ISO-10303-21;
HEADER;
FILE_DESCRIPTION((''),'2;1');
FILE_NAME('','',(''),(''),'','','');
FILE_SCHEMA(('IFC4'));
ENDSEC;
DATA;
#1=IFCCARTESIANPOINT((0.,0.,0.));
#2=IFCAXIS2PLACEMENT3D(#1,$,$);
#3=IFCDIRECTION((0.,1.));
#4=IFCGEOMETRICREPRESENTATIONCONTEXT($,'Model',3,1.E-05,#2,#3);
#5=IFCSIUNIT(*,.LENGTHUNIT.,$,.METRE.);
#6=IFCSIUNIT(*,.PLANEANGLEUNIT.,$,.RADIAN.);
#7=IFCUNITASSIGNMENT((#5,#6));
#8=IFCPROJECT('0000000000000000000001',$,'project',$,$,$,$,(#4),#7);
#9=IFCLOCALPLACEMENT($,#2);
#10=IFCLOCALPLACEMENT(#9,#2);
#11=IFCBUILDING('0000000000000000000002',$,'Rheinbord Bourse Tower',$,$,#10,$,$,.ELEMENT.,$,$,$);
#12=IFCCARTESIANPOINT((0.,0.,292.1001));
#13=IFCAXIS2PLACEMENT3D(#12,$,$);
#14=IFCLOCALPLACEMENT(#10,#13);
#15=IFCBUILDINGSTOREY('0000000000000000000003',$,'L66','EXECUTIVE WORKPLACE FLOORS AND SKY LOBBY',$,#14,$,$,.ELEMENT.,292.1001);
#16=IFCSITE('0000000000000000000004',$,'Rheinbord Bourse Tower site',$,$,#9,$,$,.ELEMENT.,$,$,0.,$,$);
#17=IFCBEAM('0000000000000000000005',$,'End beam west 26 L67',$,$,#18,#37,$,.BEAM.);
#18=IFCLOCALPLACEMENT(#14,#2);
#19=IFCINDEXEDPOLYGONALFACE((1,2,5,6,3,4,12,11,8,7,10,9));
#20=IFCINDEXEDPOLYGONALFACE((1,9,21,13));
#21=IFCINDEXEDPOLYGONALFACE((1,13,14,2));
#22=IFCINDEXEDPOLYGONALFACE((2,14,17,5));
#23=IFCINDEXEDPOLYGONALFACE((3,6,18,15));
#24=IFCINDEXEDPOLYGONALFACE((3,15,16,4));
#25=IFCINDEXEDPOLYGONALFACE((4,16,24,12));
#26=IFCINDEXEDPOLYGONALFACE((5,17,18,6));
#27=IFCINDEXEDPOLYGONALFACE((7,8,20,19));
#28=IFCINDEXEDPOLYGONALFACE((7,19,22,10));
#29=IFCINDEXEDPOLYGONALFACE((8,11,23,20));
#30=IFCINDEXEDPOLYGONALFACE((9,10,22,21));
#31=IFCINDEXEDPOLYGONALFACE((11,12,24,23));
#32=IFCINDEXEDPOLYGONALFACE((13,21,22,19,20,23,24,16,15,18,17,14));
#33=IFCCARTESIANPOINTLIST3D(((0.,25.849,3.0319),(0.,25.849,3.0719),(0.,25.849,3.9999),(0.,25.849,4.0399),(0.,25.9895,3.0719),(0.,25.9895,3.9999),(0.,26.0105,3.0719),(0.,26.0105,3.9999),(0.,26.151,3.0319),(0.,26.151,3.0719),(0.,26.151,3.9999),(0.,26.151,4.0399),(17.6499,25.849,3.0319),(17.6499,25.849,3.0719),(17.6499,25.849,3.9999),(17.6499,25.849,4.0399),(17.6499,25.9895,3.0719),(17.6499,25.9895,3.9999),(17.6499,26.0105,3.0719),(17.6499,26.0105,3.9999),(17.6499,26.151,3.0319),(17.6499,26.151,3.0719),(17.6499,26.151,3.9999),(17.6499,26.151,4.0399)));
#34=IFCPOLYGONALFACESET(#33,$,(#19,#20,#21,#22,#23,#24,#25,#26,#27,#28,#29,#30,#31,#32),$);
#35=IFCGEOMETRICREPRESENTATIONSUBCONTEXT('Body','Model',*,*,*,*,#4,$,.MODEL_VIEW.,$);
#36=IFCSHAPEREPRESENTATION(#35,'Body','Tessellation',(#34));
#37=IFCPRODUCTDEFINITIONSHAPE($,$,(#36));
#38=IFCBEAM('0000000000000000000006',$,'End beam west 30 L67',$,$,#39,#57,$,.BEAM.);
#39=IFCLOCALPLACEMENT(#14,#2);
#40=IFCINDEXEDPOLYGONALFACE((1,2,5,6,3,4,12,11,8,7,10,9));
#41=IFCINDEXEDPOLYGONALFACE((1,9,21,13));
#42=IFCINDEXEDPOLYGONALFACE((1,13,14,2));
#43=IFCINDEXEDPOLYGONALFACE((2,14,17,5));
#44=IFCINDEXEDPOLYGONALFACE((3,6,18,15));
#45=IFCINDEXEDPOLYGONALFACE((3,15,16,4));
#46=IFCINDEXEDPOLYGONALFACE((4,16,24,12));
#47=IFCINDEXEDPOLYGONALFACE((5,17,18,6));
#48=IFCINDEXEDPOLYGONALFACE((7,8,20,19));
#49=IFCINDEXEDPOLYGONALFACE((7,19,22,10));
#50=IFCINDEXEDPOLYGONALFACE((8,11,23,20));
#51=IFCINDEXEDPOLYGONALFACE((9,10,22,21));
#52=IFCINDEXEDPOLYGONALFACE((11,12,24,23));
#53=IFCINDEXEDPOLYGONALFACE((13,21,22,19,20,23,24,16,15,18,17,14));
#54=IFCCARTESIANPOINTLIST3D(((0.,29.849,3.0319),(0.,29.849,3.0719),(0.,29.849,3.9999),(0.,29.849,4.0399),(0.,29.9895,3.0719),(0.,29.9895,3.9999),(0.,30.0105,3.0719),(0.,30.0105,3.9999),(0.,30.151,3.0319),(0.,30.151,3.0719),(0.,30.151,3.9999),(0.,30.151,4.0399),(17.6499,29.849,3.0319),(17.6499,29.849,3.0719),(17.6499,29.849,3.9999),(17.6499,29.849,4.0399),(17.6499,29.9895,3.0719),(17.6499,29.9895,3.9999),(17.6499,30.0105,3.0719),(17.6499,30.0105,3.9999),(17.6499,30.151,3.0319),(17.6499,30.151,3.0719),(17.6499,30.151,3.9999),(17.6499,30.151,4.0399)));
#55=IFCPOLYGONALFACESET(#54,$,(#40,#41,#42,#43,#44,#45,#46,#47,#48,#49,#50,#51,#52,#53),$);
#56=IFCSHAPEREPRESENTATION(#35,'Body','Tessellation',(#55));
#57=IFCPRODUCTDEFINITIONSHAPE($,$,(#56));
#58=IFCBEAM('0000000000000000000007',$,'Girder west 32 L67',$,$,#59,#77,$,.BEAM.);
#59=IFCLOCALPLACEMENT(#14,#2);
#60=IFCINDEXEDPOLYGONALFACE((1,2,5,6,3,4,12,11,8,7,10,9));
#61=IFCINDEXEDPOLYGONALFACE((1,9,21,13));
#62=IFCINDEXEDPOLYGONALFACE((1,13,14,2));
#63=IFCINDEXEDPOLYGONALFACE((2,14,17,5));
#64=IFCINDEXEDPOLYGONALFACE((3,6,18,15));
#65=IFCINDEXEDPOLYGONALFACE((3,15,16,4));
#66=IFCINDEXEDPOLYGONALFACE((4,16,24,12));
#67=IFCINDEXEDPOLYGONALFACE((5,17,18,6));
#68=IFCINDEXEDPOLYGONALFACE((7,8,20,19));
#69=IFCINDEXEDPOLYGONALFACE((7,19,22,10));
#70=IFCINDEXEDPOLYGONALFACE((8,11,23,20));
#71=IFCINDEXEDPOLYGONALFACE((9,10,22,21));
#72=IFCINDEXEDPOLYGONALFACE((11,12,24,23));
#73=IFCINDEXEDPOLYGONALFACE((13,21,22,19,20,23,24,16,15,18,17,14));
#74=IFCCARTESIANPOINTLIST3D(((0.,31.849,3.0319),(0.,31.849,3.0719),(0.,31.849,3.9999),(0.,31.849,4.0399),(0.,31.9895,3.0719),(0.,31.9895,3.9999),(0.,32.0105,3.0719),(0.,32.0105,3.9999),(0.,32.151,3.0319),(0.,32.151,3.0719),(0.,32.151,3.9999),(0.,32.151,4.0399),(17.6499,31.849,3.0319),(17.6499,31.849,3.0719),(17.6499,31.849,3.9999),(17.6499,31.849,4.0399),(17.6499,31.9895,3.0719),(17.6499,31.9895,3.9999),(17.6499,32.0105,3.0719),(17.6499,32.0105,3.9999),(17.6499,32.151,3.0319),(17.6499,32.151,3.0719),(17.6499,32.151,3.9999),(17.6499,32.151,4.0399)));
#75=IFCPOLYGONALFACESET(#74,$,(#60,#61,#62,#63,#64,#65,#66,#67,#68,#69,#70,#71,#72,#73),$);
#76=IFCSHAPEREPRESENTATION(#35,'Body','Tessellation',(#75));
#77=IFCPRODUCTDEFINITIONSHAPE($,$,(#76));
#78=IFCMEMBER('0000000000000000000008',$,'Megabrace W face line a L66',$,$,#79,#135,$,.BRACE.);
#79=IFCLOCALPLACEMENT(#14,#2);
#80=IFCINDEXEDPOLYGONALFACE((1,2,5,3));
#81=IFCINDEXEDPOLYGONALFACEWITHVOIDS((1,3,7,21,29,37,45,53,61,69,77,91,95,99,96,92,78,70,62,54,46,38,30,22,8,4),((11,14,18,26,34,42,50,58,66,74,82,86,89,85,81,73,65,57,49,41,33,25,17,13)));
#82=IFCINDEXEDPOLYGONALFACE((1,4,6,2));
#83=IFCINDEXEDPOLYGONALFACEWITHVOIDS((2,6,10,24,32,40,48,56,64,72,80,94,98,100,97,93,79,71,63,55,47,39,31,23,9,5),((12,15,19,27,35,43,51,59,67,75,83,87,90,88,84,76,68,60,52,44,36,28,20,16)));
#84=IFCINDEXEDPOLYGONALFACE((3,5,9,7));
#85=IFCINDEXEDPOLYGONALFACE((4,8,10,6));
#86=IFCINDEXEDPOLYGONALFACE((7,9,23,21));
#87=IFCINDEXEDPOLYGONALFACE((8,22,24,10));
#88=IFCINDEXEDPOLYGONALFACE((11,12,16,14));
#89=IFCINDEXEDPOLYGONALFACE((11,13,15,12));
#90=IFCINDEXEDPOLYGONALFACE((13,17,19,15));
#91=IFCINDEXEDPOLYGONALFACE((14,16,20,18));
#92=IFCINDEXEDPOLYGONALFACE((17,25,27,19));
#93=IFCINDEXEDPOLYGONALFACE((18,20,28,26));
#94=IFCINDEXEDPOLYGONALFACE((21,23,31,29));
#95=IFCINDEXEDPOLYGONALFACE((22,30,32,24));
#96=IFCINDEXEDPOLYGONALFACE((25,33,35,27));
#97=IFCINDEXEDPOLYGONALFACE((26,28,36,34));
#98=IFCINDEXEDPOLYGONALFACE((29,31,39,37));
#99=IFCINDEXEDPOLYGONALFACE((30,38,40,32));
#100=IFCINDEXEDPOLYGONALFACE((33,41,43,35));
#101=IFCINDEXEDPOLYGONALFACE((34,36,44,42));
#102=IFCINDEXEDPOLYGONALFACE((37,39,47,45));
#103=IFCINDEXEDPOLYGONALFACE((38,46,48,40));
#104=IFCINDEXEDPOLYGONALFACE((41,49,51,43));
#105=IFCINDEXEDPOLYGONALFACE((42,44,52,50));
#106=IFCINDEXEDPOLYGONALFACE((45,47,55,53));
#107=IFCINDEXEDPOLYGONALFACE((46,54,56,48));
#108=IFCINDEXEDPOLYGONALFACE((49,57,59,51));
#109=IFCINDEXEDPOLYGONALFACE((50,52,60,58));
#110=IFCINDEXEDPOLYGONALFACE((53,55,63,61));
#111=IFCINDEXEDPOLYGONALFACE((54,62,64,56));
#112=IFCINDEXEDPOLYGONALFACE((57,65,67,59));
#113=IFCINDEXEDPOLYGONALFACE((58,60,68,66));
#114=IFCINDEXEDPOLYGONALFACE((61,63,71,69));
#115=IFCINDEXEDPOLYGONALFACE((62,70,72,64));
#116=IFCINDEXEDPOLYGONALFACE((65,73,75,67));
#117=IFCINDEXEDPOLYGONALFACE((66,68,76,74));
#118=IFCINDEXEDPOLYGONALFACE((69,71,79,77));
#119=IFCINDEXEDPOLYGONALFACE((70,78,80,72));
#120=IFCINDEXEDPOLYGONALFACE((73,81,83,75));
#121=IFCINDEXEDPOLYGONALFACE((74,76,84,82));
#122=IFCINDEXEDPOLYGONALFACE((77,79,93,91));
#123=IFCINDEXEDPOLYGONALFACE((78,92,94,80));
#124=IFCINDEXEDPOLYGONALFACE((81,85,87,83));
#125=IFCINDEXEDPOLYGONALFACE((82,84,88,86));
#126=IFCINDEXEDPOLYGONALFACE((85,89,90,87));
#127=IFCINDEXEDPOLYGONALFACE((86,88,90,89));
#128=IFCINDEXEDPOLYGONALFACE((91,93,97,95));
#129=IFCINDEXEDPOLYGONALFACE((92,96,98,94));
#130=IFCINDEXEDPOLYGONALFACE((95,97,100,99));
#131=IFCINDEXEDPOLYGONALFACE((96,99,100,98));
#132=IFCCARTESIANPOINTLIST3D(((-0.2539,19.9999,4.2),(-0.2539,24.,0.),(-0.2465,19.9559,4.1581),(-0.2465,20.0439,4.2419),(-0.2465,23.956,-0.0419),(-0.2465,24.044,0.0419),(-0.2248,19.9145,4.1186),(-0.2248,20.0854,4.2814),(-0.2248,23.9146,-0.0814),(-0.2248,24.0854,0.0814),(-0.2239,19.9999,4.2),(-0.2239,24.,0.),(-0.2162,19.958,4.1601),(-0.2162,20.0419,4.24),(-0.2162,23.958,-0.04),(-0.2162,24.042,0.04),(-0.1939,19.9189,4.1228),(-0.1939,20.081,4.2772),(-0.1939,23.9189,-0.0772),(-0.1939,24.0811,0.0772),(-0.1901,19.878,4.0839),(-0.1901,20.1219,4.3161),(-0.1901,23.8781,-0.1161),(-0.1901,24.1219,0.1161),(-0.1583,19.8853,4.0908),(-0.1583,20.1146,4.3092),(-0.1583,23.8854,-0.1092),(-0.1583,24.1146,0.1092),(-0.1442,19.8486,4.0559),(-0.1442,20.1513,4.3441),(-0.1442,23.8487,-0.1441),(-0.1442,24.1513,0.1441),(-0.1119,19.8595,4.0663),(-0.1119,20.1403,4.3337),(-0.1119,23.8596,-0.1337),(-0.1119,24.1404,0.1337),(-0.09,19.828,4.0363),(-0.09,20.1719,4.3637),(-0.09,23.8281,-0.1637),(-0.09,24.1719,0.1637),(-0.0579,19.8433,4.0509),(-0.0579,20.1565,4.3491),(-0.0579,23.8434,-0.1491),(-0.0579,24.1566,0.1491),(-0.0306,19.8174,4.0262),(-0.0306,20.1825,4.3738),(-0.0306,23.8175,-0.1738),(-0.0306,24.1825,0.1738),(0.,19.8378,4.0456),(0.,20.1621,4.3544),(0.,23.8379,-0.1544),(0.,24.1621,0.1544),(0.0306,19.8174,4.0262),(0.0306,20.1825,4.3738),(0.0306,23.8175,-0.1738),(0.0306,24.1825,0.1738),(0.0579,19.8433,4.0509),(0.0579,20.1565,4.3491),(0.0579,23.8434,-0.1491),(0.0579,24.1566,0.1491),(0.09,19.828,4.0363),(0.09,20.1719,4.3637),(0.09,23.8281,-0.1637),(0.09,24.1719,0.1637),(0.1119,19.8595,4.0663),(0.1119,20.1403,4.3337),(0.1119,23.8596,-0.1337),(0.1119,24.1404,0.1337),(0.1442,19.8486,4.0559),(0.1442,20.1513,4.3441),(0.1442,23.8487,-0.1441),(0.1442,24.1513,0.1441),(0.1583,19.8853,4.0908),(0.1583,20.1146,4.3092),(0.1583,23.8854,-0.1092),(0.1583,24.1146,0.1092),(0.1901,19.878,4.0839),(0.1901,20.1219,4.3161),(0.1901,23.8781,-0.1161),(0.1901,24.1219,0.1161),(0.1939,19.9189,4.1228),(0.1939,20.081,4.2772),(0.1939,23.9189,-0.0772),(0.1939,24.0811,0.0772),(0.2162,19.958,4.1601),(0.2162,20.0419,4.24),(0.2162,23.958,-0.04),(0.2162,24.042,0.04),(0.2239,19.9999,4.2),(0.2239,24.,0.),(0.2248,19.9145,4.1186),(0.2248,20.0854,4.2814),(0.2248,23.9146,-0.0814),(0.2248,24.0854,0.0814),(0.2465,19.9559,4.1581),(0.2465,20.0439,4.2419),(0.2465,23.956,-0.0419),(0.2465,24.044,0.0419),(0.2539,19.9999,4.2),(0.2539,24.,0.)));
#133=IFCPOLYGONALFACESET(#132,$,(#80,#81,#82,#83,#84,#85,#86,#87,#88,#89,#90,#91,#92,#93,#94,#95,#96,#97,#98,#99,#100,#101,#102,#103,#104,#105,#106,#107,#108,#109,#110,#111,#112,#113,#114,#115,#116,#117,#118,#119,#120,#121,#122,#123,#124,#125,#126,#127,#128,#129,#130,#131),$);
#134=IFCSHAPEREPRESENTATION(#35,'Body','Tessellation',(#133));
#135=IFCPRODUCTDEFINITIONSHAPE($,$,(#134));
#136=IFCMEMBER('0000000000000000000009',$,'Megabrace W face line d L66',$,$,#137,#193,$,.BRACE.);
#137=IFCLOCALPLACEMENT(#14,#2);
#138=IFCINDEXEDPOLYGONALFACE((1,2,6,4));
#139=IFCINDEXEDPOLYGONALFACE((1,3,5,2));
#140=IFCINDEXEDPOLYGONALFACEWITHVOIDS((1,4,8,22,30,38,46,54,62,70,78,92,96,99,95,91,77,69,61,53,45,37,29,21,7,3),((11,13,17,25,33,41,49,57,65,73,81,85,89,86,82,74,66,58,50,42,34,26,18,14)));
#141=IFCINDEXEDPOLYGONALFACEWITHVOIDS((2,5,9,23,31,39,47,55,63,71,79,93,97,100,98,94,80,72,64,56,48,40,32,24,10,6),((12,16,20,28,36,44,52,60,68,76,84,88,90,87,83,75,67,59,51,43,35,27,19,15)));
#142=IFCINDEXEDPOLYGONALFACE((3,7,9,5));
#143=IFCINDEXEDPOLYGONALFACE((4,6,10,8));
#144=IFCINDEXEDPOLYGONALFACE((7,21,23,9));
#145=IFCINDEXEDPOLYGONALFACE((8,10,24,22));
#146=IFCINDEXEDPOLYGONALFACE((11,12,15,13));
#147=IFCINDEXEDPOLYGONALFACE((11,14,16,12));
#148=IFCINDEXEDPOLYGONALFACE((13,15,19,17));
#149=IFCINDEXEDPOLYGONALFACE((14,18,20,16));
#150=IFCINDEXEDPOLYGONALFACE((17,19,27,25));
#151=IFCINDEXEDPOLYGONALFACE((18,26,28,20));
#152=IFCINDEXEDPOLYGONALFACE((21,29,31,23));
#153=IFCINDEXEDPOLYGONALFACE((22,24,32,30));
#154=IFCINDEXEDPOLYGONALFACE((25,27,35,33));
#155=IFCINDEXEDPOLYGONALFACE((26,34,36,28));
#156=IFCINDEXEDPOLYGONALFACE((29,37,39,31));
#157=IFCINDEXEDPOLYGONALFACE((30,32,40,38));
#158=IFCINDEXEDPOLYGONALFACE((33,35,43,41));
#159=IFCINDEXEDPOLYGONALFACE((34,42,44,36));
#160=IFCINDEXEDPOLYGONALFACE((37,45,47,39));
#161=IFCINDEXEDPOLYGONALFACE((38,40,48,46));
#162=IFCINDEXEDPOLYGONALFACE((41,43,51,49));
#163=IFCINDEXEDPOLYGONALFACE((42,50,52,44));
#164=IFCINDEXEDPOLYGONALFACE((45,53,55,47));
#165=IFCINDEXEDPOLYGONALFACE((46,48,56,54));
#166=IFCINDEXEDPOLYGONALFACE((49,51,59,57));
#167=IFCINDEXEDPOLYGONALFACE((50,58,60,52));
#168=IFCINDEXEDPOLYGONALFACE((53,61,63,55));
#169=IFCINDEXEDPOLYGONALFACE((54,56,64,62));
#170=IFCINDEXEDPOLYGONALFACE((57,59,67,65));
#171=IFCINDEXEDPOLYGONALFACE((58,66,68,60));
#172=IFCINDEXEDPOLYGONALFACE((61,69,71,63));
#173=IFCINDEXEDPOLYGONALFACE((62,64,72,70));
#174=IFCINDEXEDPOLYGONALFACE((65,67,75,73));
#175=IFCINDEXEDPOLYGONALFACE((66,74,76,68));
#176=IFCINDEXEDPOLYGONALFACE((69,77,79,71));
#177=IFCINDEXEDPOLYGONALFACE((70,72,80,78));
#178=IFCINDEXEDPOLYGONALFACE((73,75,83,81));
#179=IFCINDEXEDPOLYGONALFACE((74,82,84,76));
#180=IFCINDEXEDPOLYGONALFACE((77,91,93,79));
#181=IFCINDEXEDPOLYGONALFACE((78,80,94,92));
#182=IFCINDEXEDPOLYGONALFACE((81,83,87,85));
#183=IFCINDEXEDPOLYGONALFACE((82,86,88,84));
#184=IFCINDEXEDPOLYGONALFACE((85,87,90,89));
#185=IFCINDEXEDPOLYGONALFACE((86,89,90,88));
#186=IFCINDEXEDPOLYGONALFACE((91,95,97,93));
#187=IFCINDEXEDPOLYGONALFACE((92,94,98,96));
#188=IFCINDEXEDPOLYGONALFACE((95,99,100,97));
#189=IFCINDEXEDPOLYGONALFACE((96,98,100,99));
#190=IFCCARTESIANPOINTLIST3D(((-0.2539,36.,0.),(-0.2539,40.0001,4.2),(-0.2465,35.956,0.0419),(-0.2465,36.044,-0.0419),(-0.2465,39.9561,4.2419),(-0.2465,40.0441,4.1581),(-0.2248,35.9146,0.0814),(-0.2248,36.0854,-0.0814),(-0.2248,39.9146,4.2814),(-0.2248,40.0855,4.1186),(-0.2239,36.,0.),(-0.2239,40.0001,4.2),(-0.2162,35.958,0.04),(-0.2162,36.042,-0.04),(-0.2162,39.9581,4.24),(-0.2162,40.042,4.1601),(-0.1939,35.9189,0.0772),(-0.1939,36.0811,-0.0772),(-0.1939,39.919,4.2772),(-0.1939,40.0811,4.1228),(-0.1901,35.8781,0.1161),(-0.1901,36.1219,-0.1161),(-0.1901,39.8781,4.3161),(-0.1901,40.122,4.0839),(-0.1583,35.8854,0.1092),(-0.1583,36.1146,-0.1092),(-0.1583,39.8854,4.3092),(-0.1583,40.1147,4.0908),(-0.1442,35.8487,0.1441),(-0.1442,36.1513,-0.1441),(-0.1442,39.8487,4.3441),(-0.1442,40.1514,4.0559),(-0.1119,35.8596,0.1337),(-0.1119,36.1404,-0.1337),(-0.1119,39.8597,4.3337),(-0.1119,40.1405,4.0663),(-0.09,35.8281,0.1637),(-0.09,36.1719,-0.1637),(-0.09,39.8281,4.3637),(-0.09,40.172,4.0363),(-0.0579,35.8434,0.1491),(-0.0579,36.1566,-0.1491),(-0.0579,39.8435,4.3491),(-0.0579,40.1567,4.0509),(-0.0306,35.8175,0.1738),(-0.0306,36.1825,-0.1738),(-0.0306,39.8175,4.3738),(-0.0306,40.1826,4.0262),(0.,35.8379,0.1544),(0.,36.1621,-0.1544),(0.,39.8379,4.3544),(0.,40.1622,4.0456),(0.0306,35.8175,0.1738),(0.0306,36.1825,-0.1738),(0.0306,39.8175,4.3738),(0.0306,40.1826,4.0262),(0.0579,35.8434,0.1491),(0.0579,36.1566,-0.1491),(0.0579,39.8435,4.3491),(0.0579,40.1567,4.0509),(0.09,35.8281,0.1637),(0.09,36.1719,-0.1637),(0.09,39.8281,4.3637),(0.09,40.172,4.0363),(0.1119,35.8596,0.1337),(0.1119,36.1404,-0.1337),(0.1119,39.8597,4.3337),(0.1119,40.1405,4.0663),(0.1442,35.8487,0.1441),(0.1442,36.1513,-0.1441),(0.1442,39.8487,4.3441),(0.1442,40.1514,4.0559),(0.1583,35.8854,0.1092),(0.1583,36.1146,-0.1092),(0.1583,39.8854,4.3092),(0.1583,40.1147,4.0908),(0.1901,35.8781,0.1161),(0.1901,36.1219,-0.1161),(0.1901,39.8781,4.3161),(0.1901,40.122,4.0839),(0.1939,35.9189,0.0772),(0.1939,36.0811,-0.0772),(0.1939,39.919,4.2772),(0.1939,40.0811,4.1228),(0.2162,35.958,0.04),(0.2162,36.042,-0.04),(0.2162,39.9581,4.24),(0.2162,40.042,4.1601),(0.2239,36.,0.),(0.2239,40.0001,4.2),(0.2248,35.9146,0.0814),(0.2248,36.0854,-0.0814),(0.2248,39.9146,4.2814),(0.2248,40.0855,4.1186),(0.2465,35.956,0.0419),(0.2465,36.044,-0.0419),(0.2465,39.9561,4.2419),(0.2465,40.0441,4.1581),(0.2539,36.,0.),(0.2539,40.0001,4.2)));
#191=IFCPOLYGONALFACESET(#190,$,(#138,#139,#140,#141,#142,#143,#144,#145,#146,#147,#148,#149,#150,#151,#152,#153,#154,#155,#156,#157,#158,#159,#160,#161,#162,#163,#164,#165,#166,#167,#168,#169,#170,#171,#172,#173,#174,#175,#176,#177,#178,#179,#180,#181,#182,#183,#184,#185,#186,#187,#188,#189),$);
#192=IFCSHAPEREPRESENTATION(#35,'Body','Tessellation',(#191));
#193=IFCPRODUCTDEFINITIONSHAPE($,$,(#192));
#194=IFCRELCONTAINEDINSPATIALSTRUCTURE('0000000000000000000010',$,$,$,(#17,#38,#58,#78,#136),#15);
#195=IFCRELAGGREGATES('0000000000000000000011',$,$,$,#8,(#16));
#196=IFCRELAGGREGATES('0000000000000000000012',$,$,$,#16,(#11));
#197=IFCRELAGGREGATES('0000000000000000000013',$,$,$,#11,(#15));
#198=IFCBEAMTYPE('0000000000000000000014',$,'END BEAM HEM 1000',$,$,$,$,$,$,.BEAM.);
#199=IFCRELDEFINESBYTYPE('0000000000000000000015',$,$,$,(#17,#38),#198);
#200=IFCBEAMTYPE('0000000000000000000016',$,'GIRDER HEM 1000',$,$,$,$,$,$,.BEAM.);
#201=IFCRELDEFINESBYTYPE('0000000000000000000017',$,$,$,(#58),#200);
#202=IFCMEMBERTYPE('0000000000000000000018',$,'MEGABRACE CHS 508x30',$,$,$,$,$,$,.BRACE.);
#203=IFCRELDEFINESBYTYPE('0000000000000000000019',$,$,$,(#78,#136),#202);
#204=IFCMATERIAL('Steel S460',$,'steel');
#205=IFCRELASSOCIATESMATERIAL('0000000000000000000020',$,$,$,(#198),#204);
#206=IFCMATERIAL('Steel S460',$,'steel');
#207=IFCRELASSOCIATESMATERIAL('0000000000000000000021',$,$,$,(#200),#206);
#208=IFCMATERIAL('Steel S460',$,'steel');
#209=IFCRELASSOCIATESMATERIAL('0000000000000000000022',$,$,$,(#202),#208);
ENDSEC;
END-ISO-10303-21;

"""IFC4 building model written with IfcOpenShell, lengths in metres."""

from ifc_helpers import new_model, si_unit, direction, frame, origin, origin_2d, place, context, subcontext, project, spatial, hollow_circle, i_section, extrude, material, material_profile, profile_set, type_object, element, save


model = new_model("IFC4")

# Units and contexts
model_context = context("Model", 3, precision=1e-05, world=origin(), true_north=direction((0.0, 1.0)))
body_context = subcontext(model_context, "Body", "Model", "MODEL_VIEW")
ifc_project = project(units=[si_unit("LENGTHUNIT", "METRE"), si_unit("PLANEANGLEUNIT", "RADIAN")], contexts=[model_context])

# Site, building, storey
site_placement = place(None, origin())
site = spatial("IfcSite", under=ifc_project, at=site_placement, Name="Rheinbord Bourse Tower site", CompositionType="ELEMENT", RefElevation=0.0)
building_placement = place(site_placement, origin())
building = spatial("IfcBuilding", under=site, at=building_placement, Name="Rheinbord Bourse Tower", CompositionType="ELEMENT")
storey_placement = place(building_placement, frame((0.0, 0.0, 292.1001)))
storey = spatial("IfcBuildingStorey", under=building, at=storey_placement, Name="L66", Description="EXECUTIVE WORKPLACE FLOORS AND SKY LOBBY", CompositionType="ELEMENT", Elevation=292.1001)

# Beams
ifc_material_1 = material(Name="Steel S460", Category="steel")
ifc_material_profile_1 = material_profile(ifc_material_1, i_section(OverallWidth=0.302, OverallDepth=1.0081, WebThickness=0.021, FlangeThickness=0.04, at=origin_2d()), Name="HEM 1000")
ifc_profile_set_1 = profile_set([ifc_material_profile_1], Name="Steel S460")
beam_type_1 = type_object("IfcBeamType", Name="END BEAM HEM 1000", PredefinedType="BEAM", material=ifc_profile_set_1)
for number, where, z_axis, x_axis, name in (
    (1, (0.0, 26.0, 3.5359), (1.0, 0.0, 0.0), (0.0, 1.0, 0.0), "End beam west 26 L67"),
    (2, (0.0, 30.0, 3.5359), (1.0, 0.0, 0.0), (0.0, 1.0, 0.0), "End beam west 30 L67"),
):
    element("IfcBeam", number, at=place(storey_placement, frame(where, z_axis=z_axis, x_axis=x_axis)), inside=storey, type_object=beam_type_1, Name=name, PredefinedType="BEAM", context=body_context, shape_type="SweptSolid", body=[
        extrude(i_section(OverallWidth=0.302, OverallDepth=1.0081, WebThickness=0.021, FlangeThickness=0.04, at=origin_2d()), origin(), (0.0, 0.0, 1.0), 17.6499),
    ])
ifc_material_2 = material(Name="Steel S460", Category="steel")
ifc_material_profile_2 = material_profile(ifc_material_2, i_section(OverallWidth=0.302, OverallDepth=1.0081, WebThickness=0.021, FlangeThickness=0.04, at=origin_2d()), Name="HEM 1000")
ifc_profile_set_2 = profile_set([ifc_material_profile_2], Name="Steel S460")
beam_type_2 = type_object("IfcBeamType", Name="GIRDER HEM 1000", PredefinedType="BEAM", material=ifc_profile_set_2)
beam_placement = place(storey_placement, frame((0.0, 32.0, 3.5359), z_axis=(1.0, 0.0, 0.0), x_axis=(0.0, 1.0, 0.0)))
element("IfcBeam", 3, at=beam_placement, inside=storey, type_object=beam_type_2, Name="Girder west 32 L67", PredefinedType="BEAM", context=body_context, shape_type="SweptSolid", body=[
    extrude(i_section(OverallWidth=0.302, OverallDepth=1.0081, WebThickness=0.021, FlangeThickness=0.04, at=origin_2d()), origin(), (0.0, 0.0, 1.0), 17.6499),
])

# Members
ifc_material_3 = material(Name="Steel S460", Category="steel")
ifc_material_profile_3 = material_profile(ifc_material_3, hollow_circle(Radius=0.2539, WallThickness=0.03, at=origin_2d()), Name="CHS 508x30")
ifc_profile_set_3 = profile_set([ifc_material_profile_3], Name="Steel S460")
member_type_1 = type_object("IfcMemberType", Name="MEGABRACE CHS 508x30", PredefinedType="BRACE", material=ifc_profile_set_3)
for number, where, z_axis, x_axis, name in (
    (4, (0.0, 24.0, 0.0), (0.0, -0.689659, 0.724134), (1.0, 0.0, 0.0), "Megabrace W face line a L66"),
    (5, (0.0, 36.0, 0.0), (0.0, 0.689659, 0.724134), (-1.0, 0.0, 0.0), "Megabrace W face line d L66"),
):
    element("IfcMember", number, at=place(storey_placement, frame(where, z_axis=z_axis, x_axis=x_axis)), inside=storey, type_object=member_type_1, Name=name, PredefinedType="BRACE", context=body_context, shape_type="SweptSolid", body=[
        extrude(hollow_circle(Radius=0.2539, WallThickness=0.03, at=origin_2d()), origin(), (0.0, 0.0, 1.0), 5.8),
    ])

save(model, "model.ifc")
